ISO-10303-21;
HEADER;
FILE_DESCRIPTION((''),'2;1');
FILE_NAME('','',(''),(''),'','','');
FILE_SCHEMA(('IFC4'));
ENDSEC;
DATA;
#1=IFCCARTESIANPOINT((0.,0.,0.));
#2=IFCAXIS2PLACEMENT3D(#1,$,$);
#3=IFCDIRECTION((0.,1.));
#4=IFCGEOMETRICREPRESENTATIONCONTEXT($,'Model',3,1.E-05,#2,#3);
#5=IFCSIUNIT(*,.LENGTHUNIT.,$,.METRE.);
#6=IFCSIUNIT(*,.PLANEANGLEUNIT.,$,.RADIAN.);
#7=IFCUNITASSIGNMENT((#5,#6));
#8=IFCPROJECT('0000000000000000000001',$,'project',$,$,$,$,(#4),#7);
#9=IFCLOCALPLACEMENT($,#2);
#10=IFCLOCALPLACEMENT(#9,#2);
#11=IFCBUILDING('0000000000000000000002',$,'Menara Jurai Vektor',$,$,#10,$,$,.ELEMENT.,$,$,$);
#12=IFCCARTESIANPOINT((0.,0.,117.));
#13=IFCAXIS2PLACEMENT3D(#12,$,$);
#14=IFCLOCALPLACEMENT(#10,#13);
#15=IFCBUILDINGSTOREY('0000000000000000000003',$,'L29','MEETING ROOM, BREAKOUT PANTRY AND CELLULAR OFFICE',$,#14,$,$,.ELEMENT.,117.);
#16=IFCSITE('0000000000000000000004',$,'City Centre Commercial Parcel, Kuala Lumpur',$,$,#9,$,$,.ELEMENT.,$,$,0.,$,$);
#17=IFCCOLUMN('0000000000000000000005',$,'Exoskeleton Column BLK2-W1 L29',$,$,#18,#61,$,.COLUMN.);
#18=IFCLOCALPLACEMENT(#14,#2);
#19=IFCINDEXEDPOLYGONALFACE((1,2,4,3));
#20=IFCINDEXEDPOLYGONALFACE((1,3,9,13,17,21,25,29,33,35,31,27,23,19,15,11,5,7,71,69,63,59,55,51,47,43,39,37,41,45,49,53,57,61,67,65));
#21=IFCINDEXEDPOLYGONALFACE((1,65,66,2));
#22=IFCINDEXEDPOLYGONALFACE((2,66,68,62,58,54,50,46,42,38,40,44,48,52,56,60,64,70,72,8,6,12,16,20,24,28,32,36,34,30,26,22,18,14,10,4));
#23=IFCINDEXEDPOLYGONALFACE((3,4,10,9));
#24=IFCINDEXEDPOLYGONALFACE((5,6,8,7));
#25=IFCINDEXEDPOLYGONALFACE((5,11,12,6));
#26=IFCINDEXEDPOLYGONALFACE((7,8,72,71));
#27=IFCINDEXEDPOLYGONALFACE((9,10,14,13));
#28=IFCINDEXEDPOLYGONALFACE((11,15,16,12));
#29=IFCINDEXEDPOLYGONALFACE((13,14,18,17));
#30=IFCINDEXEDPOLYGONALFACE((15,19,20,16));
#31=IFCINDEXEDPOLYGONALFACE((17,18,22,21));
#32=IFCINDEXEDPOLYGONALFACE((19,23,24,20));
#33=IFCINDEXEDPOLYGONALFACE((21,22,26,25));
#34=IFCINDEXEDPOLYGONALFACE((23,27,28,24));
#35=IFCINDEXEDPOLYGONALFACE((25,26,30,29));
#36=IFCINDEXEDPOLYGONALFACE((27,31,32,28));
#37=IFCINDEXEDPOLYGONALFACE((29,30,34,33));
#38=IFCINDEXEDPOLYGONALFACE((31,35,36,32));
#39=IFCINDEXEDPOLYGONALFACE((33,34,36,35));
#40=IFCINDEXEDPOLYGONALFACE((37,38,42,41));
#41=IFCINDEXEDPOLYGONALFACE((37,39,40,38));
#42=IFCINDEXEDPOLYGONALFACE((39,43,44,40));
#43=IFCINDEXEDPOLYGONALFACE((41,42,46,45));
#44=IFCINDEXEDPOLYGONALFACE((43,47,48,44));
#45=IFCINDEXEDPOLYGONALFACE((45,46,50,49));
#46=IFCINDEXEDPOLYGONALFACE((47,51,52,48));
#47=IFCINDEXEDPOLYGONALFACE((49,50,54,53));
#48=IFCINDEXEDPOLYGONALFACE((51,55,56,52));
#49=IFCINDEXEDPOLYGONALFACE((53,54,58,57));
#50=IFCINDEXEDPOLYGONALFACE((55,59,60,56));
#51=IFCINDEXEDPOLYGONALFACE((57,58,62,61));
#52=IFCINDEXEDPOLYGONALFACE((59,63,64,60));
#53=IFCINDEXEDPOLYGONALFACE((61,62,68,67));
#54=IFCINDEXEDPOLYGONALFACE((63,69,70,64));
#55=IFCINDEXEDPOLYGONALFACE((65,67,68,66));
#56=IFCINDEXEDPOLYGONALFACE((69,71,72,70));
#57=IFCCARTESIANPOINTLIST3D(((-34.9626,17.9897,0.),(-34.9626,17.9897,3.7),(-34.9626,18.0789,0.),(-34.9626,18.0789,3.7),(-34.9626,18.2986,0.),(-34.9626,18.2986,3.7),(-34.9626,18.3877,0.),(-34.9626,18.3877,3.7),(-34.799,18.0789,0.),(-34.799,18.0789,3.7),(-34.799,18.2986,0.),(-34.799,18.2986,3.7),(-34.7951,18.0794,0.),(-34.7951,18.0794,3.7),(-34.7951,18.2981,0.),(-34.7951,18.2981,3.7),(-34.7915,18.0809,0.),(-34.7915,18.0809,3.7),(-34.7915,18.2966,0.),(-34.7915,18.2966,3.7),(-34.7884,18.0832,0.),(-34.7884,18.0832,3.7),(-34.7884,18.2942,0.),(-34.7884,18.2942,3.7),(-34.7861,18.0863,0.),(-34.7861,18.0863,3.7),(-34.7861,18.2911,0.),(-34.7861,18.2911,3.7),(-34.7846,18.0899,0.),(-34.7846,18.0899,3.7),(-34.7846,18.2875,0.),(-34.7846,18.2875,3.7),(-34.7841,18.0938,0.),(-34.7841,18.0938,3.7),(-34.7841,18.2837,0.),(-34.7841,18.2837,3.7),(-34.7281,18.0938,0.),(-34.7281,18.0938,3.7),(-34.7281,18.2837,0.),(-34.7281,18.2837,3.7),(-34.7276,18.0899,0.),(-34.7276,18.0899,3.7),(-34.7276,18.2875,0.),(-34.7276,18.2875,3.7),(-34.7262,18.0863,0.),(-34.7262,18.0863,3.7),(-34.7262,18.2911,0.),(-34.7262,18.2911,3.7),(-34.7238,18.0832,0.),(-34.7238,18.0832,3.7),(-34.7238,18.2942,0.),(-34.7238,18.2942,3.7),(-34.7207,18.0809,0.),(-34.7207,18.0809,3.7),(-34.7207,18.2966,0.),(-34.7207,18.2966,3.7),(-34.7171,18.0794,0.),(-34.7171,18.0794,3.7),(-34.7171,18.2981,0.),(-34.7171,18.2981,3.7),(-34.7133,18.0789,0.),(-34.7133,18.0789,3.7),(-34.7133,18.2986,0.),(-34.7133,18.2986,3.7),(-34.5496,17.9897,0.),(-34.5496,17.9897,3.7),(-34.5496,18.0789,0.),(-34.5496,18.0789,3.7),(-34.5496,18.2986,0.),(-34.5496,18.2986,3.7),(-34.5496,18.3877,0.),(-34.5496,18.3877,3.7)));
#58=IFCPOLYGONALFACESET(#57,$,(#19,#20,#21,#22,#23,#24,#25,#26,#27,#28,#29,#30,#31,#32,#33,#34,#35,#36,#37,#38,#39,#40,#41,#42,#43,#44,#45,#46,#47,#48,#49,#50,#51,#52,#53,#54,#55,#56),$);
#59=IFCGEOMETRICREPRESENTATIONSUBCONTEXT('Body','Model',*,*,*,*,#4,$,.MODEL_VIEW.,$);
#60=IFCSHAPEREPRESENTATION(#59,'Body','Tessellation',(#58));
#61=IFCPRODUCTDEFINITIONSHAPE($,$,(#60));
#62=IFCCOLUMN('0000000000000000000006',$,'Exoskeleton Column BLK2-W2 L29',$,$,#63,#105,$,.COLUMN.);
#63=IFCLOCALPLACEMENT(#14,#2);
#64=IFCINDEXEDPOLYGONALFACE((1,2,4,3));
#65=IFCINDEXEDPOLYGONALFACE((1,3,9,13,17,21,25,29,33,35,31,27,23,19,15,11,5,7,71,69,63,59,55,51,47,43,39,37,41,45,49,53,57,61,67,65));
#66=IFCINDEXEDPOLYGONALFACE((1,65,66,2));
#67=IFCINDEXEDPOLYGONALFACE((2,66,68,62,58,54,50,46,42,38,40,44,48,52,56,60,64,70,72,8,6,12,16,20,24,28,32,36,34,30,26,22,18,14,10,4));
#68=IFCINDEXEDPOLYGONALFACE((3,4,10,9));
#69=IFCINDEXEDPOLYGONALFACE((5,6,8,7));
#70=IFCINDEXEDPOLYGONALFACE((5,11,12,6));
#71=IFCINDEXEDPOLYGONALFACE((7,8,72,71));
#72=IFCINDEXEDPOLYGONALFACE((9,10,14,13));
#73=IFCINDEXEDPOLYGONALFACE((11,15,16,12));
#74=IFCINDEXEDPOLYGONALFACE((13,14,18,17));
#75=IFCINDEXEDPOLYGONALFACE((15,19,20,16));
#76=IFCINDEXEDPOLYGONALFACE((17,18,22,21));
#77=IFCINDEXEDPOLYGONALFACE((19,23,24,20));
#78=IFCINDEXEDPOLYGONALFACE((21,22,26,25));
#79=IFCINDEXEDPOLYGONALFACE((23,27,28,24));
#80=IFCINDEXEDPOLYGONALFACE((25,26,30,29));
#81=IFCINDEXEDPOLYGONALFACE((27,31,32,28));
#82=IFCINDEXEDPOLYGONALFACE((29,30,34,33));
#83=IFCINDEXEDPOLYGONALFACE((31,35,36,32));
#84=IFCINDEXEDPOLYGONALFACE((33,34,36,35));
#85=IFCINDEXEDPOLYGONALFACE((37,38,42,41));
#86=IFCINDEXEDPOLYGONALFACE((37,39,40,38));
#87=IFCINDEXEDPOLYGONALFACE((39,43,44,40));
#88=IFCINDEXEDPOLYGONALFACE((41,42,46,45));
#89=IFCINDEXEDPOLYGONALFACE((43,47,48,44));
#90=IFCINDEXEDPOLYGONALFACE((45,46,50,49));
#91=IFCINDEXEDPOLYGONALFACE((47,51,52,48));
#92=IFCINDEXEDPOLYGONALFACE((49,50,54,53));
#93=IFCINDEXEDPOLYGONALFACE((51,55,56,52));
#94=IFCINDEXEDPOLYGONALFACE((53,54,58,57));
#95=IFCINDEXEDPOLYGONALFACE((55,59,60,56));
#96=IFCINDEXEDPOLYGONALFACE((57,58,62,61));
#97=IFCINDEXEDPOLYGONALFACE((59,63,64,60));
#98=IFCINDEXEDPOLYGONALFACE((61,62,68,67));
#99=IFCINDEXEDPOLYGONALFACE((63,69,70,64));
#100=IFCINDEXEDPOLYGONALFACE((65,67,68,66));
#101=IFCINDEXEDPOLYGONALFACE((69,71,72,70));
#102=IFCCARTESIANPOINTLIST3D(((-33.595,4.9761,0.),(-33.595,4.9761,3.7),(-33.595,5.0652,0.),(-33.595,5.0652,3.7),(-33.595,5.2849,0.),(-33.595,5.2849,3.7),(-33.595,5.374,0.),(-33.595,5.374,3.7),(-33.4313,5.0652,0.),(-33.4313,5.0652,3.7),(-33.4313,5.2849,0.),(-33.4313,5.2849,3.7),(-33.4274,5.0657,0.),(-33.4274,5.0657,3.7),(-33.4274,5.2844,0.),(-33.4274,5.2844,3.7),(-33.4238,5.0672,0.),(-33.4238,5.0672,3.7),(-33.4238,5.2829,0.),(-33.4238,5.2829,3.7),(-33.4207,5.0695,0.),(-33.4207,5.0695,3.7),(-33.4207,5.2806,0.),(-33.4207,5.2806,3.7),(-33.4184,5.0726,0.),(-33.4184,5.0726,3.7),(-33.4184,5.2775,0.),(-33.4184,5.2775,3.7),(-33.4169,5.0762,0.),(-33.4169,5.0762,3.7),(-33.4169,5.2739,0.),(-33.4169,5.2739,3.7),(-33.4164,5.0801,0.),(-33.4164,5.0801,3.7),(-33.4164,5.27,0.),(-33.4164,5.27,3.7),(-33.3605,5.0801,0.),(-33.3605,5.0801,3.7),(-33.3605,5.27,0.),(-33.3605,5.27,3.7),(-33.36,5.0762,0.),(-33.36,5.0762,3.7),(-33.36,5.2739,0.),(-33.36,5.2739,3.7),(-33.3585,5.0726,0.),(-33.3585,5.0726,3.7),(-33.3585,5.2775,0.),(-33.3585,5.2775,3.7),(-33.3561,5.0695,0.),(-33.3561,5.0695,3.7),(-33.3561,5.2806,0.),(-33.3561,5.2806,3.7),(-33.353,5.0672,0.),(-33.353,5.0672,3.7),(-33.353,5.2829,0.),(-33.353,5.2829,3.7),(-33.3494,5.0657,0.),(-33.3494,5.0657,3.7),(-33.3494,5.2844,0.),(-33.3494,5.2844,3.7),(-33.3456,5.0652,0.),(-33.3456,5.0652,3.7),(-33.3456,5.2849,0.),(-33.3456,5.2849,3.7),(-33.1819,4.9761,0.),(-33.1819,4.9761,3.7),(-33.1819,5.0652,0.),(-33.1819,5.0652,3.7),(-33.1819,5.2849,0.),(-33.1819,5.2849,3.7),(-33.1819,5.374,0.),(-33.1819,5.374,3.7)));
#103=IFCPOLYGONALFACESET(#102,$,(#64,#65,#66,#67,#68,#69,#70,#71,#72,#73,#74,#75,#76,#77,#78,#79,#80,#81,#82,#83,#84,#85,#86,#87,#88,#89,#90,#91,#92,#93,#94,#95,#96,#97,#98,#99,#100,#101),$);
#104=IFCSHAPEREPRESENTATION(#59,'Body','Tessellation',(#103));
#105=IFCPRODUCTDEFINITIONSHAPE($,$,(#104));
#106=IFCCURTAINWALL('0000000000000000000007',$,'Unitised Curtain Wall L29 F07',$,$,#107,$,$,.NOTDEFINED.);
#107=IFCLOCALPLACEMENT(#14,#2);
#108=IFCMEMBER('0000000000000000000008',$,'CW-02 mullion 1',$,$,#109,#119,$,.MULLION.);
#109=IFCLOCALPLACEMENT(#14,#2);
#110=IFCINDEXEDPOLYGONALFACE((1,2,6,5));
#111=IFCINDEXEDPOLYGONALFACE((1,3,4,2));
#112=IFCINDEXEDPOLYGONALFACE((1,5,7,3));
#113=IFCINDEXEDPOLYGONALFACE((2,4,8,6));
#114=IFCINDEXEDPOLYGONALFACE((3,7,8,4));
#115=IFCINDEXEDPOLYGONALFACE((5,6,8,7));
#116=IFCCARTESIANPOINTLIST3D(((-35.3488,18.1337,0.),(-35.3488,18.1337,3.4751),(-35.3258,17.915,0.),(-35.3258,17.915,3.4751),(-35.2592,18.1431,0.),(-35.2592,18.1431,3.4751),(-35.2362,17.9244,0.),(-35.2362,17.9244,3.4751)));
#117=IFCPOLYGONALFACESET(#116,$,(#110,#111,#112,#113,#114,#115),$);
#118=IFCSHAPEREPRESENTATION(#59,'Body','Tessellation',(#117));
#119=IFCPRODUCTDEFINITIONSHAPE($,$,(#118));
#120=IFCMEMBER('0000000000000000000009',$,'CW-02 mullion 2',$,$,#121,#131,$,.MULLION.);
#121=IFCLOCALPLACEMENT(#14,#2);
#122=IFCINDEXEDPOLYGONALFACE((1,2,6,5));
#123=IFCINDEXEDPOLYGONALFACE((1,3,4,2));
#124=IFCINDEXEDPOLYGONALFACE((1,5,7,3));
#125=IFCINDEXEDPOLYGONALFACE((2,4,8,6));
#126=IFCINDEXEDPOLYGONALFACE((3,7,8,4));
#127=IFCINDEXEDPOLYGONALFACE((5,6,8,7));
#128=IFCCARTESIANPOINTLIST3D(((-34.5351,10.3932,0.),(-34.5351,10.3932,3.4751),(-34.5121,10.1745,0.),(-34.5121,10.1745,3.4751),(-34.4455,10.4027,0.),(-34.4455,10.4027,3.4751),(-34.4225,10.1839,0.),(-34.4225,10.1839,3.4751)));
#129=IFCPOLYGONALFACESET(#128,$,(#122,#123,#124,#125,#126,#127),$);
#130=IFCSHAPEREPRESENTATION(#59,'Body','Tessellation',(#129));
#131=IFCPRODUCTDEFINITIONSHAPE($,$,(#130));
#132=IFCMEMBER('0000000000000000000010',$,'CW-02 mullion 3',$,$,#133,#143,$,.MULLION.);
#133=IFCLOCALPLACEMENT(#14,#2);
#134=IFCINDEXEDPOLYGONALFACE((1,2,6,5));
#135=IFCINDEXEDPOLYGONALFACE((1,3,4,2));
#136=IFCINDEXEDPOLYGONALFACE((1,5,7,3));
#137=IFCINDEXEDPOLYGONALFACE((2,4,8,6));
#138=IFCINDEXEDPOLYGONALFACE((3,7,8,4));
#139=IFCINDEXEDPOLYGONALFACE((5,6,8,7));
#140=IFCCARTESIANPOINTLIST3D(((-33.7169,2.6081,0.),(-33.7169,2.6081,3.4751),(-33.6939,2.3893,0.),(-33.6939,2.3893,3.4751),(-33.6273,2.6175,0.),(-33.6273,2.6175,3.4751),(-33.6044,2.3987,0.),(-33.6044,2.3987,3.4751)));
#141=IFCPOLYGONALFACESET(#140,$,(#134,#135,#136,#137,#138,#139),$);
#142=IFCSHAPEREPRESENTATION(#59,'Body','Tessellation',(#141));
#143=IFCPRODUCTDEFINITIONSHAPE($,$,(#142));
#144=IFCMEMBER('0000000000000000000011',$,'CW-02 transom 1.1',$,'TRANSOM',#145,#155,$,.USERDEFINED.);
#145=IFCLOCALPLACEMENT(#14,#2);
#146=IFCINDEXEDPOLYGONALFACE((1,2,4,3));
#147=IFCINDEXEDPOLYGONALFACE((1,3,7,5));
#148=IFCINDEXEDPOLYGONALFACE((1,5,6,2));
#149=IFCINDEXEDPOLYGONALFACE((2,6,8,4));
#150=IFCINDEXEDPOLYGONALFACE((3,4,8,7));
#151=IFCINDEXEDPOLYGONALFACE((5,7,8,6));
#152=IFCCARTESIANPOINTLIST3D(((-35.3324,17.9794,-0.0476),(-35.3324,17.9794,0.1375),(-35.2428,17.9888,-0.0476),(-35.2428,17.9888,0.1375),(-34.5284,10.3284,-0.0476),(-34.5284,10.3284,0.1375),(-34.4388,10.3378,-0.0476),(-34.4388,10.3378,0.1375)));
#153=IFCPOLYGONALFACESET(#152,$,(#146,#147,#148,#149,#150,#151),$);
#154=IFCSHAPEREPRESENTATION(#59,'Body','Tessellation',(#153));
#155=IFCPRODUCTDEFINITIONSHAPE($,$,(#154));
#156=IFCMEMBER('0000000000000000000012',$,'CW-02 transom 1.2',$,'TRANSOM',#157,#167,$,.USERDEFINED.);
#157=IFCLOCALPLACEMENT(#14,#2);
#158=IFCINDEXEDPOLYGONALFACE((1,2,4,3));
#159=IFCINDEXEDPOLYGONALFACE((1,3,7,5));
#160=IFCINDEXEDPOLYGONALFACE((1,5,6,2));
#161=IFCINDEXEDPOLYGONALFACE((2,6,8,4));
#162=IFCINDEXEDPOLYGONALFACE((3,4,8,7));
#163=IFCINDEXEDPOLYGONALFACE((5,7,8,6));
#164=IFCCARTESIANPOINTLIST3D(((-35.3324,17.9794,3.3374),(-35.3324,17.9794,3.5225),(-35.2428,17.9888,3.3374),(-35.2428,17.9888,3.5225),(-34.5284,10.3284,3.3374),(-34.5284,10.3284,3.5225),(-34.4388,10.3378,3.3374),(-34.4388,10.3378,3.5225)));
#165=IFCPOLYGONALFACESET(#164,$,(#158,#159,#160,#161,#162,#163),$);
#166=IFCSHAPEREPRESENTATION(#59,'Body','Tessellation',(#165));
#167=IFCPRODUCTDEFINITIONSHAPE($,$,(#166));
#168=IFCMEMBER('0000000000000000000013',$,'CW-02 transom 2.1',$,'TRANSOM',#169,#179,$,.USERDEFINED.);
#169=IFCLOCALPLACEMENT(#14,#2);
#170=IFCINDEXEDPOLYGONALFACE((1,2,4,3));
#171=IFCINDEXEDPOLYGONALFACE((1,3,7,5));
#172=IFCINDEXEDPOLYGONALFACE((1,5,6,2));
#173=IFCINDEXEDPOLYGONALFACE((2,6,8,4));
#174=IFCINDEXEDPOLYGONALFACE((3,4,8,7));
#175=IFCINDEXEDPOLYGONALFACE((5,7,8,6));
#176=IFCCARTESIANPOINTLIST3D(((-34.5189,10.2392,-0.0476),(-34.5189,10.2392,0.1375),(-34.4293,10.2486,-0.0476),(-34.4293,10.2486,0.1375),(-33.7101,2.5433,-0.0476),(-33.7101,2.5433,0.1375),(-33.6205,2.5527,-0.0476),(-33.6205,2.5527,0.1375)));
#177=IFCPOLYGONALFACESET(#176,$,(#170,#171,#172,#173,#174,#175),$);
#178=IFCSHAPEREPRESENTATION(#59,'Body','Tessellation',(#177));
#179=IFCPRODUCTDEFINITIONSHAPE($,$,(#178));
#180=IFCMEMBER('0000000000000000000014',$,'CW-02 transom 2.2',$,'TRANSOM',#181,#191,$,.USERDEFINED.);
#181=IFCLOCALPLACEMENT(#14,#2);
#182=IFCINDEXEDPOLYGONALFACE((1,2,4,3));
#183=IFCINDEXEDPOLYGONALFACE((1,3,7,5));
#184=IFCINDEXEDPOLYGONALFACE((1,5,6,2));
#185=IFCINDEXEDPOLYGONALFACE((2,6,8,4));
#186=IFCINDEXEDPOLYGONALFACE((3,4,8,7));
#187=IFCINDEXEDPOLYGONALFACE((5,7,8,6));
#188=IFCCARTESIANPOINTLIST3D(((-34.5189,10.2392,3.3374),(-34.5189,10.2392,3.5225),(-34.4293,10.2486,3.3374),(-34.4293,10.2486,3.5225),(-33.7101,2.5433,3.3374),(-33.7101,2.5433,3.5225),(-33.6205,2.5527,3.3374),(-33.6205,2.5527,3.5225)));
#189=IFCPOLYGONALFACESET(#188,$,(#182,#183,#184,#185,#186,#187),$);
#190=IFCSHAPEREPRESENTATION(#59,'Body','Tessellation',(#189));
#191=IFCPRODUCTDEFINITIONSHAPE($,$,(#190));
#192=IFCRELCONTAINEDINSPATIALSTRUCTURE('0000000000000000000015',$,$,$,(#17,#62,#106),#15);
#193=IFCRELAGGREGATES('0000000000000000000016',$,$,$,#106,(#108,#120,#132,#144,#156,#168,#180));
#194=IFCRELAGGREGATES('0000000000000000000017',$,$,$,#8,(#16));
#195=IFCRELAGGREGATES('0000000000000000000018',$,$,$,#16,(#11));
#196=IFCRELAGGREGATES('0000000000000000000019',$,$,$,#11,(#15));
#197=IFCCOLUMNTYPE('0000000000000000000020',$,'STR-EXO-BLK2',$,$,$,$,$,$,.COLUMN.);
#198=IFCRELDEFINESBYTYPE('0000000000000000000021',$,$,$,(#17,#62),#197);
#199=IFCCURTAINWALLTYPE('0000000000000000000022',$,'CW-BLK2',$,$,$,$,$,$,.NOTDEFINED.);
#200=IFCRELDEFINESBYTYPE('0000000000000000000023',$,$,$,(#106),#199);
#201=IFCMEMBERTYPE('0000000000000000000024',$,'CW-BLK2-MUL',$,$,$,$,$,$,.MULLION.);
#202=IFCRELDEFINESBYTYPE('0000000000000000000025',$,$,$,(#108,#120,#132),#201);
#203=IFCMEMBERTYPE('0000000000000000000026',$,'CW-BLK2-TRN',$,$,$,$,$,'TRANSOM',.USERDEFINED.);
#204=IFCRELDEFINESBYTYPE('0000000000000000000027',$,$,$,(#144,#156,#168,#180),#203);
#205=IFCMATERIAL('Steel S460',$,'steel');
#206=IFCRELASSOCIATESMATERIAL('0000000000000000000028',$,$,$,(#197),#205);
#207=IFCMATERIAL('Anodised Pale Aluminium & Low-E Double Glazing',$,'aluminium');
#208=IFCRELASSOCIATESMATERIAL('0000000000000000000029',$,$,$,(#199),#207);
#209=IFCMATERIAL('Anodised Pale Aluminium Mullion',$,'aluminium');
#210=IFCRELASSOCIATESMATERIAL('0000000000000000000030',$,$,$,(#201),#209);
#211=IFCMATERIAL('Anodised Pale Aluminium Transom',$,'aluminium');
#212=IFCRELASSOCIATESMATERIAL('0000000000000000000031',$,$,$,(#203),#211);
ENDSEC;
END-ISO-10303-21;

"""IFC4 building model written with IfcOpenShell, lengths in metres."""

from ifc_helpers import new_model, si_unit, direction, frame, origin, origin_2d, place, context, subcontext, project, spatial, rectangle, i_section, extrude, material, material_profile, profile_set, type_object, element, aggregate, save


model = new_model("IFC4")

# Units and contexts
model_context = context("Model", 3, precision=1e-05, world=origin(), true_north=direction((0.0, 1.0)))
body_context = subcontext(model_context, "Body", "Model", "MODEL_VIEW")
ifc_project = project(units=[si_unit("LENGTHUNIT", "METRE"), si_unit("PLANEANGLEUNIT", "RADIAN")], contexts=[model_context])

# Site, building, storey
site_placement = place(None, origin())
site = spatial("IfcSite", under=ifc_project, at=site_placement, Name="City Centre Commercial Parcel, Kuala Lumpur", CompositionType="ELEMENT", RefElevation=0.0)
building_placement = place(site_placement, origin())
building = spatial("IfcBuilding", under=site, at=building_placement, Name="Menara Jurai Vektor", CompositionType="ELEMENT")
storey_placement = place(building_placement, frame((0.0, 0.0, 117.0)))
storey = spatial("IfcBuildingStorey", under=building, at=storey_placement, Name="L29", Description="MEETING ROOM, BREAKOUT PANTRY AND CELLULAR OFFICE", CompositionType="ELEMENT", Elevation=117.0)

# Columns
ifc_material_1 = material(Name="Steel S460", Category="steel")
ifc_material_profile_1 = material_profile(ifc_material_1, i_section(OverallWidth=0.4131, OverallDepth=0.3979, WebThickness=0.0559, FlangeThickness=0.0891, FilletRadius=0.0149, at=origin_2d()), Name="HD 400x744")
ifc_profile_set_1 = profile_set([ifc_material_profile_1], Name="Steel S460")
column_type = type_object("IfcColumnType", Name="STR-EXO-BLK2", PredefinedType="COLUMN", material=ifc_profile_set_1)
for number, where, z_axis, x_axis, name in (
    (1, (-34.7561, 18.1887, 0.0), (0.0, 0.0, 1.0), (1.0, 0.0, 0.0), "Exoskeleton Column BLK2-W1 L29"),
    (2, (-33.3884, 5.175, 0.0), (0.0, 0.0, 1.0), (1.0, 0.0, 0.0), "Exoskeleton Column BLK2-W2 L29"),
):
    element("IfcColumn", number, at=place(storey_placement, frame(where, z_axis=z_axis, x_axis=x_axis)), inside=storey, type_object=column_type, Name=name, PredefinedType="COLUMN", context=body_context, shape_type="SweptSolid", body=[
        extrude(i_section(OverallWidth=0.4131, OverallDepth=0.3979, WebThickness=0.0559, FlangeThickness=0.0891, FilletRadius=0.0149, at=origin_2d()), origin(), (0.0, 0.0, 1.0), 3.7),
    ])

# Curtain wall, members
ifc_material_2 = material(Name="Anodised Pale Aluminium & Low-E Double Glazing", Category="aluminium")
curtain_wall_type = type_object("IfcCurtainWallType", Name="CW-BLK2", PredefinedType="NOTDEFINED", material=ifc_material_2)
curtain_wall_placement = place(storey_placement, origin())
curtain_wall = element("IfcCurtainWall", 3, at=curtain_wall_placement, inside=storey, type_object=curtain_wall_type, Name="Unitised Curtain Wall L29 F07", PredefinedType="NOTDEFINED")
ifc_material_3 = material(Name="Anodised Pale Aluminium Mullion", Category="aluminium")
ifc_material_profile_2 = material_profile(ifc_material_3, rectangle(XDim=0.0901, YDim=0.22, at=origin_2d()), Name="ALU MUL 90x220")
ifc_profile_set_2 = profile_set([ifc_material_profile_2], Name="Anodised Pale Aluminium Mullion")
member_type_1 = type_object("IfcMemberType", Name="CW-BLK2-MUL", PredefinedType="MULLION", material=ifc_profile_set_2)
member_1_placement = place(storey_placement, frame((-35.2925, 18.0291, 0.0), z_axis=(0.0, 0.0, 1.0), x_axis=(0.994522, 0.10453, 0.0)))
member_1 = element("IfcMember", 4, at=member_1_placement, type_object=member_type_1, Name="CW-02 mullion 1", PredefinedType="MULLION", context=body_context, shape_type="SweptSolid", body=[
    extrude(rectangle(XDim=0.0901, YDim=0.22, at=origin_2d()), origin(), (0.0, 0.0, 1.0), 3.4751),
])
member_2_placement = place(storey_placement, frame((-34.4788, 10.2886, 0.0), z_axis=(0.0, 0.0, 1.0), x_axis=(0.994522, 0.10453, 0.0)))
member_2 = element("IfcMember", 5, at=member_2_placement, type_object=member_type_1, Name="CW-02 mullion 2", PredefinedType="MULLION", context=body_context, shape_type="SweptSolid", body=[
    extrude(rectangle(XDim=0.0901, YDim=0.22, at=origin_2d()), origin(), (0.0, 0.0, 1.0), 3.4751),
])
member_3_placement = place(storey_placement, frame((-33.6606, 2.5034, 0.0), z_axis=(0.0, 0.0, 1.0), x_axis=(0.994522, 0.10453, 0.0)))
member_3 = element("IfcMember", 6, at=member_3_placement, type_object=member_type_1, Name="CW-02 mullion 3", PredefinedType="MULLION", context=body_context, shape_type="SweptSolid", body=[
    extrude(rectangle(XDim=0.0901, YDim=0.22, at=origin_2d()), origin(), (0.0, 0.0, 1.0), 3.4751),
])
ifc_material_4 = material(Name="Anodised Pale Aluminium Transom", Category="aluminium")
ifc_material_profile_3 = material_profile(ifc_material_4, rectangle(XDim=0.0901, YDim=0.1851, at=origin_2d()), Name="ALU TRN 90x185")
ifc_profile_set_3 = profile_set([ifc_material_profile_3], Name="Anodised Pale Aluminium Transom")
member_type_2 = type_object("IfcMemberType", Name="CW-BLK2-TRN", ElementType="TRANSOM", PredefinedType="USERDEFINED", material=ifc_profile_set_3)
member_4_placement = place(storey_placement, frame((-35.2876, 17.9841, 0.0449), z_axis=(0.104505, -0.994524, 0.0), x_axis=(0.994524, 0.104505, 0.0)))
member_4 = element("IfcMember", 7, at=member_4_placement, type_object=member_type_2, Name="CW-02 transom 1.1", ObjectType="TRANSOM", PredefinedType="USERDEFINED", context=body_context, shape_type="SweptSolid", body=[
    extrude(rectangle(XDim=0.0901, YDim=0.1851, at=origin_2d()), origin(), (0.0, 0.0, 1.0), 7.6931),
])
member_5_placement = place(storey_placement, frame((-35.2876, 17.9841, 3.4299), z_axis=(0.104505, -0.994524, 0.0), x_axis=(0.994524, 0.104505, 0.0)))
member_5 = element("IfcMember", 8, at=member_5_placement, type_object=member_type_2, Name="CW-02 transom 1.2", ObjectType="TRANSOM", PredefinedType="USERDEFINED", context=body_context, shape_type="SweptSolid", body=[
    extrude(rectangle(XDim=0.0901, YDim=0.1851, at=origin_2d()), origin(), (0.0, 0.0, 1.0), 7.6931),
])
member_6_placement = place(storey_placement, frame((-34.4741, 10.2439, 0.0449), z_axis=(0.104525, -0.994522, 0.0), x_axis=(0.994522, 0.104525, 0.0)))
member_6 = element("IfcMember", 9, at=member_6_placement, type_object=member_type_2, Name="CW-02 transom 2.1", ObjectType="TRANSOM", PredefinedType="USERDEFINED", context=body_context, shape_type="SweptSolid", body=[
    extrude(rectangle(XDim=0.0901, YDim=0.1851, at=origin_2d()), origin(), (0.0, 0.0, 1.0), 7.7383),
])
member_7_placement = place(storey_placement, frame((-34.4741, 10.2439, 3.4299), z_axis=(0.104525, -0.994522, 0.0), x_axis=(0.994522, 0.104525, 0.0)))
member_7 = element("IfcMember", 10, at=member_7_placement, type_object=member_type_2, Name="CW-02 transom 2.2", ObjectType="TRANSOM", PredefinedType="USERDEFINED", context=body_context, shape_type="SweptSolid", body=[
    extrude(rectangle(XDim=0.0901, YDim=0.1851, at=origin_2d()), origin(), (0.0, 0.0, 1.0), 7.7383),
])

aggregate(curtain_wall, [member_1, member_2, member_3, member_4, member_5, member_6, member_7])

save(model, "model.ifc")
